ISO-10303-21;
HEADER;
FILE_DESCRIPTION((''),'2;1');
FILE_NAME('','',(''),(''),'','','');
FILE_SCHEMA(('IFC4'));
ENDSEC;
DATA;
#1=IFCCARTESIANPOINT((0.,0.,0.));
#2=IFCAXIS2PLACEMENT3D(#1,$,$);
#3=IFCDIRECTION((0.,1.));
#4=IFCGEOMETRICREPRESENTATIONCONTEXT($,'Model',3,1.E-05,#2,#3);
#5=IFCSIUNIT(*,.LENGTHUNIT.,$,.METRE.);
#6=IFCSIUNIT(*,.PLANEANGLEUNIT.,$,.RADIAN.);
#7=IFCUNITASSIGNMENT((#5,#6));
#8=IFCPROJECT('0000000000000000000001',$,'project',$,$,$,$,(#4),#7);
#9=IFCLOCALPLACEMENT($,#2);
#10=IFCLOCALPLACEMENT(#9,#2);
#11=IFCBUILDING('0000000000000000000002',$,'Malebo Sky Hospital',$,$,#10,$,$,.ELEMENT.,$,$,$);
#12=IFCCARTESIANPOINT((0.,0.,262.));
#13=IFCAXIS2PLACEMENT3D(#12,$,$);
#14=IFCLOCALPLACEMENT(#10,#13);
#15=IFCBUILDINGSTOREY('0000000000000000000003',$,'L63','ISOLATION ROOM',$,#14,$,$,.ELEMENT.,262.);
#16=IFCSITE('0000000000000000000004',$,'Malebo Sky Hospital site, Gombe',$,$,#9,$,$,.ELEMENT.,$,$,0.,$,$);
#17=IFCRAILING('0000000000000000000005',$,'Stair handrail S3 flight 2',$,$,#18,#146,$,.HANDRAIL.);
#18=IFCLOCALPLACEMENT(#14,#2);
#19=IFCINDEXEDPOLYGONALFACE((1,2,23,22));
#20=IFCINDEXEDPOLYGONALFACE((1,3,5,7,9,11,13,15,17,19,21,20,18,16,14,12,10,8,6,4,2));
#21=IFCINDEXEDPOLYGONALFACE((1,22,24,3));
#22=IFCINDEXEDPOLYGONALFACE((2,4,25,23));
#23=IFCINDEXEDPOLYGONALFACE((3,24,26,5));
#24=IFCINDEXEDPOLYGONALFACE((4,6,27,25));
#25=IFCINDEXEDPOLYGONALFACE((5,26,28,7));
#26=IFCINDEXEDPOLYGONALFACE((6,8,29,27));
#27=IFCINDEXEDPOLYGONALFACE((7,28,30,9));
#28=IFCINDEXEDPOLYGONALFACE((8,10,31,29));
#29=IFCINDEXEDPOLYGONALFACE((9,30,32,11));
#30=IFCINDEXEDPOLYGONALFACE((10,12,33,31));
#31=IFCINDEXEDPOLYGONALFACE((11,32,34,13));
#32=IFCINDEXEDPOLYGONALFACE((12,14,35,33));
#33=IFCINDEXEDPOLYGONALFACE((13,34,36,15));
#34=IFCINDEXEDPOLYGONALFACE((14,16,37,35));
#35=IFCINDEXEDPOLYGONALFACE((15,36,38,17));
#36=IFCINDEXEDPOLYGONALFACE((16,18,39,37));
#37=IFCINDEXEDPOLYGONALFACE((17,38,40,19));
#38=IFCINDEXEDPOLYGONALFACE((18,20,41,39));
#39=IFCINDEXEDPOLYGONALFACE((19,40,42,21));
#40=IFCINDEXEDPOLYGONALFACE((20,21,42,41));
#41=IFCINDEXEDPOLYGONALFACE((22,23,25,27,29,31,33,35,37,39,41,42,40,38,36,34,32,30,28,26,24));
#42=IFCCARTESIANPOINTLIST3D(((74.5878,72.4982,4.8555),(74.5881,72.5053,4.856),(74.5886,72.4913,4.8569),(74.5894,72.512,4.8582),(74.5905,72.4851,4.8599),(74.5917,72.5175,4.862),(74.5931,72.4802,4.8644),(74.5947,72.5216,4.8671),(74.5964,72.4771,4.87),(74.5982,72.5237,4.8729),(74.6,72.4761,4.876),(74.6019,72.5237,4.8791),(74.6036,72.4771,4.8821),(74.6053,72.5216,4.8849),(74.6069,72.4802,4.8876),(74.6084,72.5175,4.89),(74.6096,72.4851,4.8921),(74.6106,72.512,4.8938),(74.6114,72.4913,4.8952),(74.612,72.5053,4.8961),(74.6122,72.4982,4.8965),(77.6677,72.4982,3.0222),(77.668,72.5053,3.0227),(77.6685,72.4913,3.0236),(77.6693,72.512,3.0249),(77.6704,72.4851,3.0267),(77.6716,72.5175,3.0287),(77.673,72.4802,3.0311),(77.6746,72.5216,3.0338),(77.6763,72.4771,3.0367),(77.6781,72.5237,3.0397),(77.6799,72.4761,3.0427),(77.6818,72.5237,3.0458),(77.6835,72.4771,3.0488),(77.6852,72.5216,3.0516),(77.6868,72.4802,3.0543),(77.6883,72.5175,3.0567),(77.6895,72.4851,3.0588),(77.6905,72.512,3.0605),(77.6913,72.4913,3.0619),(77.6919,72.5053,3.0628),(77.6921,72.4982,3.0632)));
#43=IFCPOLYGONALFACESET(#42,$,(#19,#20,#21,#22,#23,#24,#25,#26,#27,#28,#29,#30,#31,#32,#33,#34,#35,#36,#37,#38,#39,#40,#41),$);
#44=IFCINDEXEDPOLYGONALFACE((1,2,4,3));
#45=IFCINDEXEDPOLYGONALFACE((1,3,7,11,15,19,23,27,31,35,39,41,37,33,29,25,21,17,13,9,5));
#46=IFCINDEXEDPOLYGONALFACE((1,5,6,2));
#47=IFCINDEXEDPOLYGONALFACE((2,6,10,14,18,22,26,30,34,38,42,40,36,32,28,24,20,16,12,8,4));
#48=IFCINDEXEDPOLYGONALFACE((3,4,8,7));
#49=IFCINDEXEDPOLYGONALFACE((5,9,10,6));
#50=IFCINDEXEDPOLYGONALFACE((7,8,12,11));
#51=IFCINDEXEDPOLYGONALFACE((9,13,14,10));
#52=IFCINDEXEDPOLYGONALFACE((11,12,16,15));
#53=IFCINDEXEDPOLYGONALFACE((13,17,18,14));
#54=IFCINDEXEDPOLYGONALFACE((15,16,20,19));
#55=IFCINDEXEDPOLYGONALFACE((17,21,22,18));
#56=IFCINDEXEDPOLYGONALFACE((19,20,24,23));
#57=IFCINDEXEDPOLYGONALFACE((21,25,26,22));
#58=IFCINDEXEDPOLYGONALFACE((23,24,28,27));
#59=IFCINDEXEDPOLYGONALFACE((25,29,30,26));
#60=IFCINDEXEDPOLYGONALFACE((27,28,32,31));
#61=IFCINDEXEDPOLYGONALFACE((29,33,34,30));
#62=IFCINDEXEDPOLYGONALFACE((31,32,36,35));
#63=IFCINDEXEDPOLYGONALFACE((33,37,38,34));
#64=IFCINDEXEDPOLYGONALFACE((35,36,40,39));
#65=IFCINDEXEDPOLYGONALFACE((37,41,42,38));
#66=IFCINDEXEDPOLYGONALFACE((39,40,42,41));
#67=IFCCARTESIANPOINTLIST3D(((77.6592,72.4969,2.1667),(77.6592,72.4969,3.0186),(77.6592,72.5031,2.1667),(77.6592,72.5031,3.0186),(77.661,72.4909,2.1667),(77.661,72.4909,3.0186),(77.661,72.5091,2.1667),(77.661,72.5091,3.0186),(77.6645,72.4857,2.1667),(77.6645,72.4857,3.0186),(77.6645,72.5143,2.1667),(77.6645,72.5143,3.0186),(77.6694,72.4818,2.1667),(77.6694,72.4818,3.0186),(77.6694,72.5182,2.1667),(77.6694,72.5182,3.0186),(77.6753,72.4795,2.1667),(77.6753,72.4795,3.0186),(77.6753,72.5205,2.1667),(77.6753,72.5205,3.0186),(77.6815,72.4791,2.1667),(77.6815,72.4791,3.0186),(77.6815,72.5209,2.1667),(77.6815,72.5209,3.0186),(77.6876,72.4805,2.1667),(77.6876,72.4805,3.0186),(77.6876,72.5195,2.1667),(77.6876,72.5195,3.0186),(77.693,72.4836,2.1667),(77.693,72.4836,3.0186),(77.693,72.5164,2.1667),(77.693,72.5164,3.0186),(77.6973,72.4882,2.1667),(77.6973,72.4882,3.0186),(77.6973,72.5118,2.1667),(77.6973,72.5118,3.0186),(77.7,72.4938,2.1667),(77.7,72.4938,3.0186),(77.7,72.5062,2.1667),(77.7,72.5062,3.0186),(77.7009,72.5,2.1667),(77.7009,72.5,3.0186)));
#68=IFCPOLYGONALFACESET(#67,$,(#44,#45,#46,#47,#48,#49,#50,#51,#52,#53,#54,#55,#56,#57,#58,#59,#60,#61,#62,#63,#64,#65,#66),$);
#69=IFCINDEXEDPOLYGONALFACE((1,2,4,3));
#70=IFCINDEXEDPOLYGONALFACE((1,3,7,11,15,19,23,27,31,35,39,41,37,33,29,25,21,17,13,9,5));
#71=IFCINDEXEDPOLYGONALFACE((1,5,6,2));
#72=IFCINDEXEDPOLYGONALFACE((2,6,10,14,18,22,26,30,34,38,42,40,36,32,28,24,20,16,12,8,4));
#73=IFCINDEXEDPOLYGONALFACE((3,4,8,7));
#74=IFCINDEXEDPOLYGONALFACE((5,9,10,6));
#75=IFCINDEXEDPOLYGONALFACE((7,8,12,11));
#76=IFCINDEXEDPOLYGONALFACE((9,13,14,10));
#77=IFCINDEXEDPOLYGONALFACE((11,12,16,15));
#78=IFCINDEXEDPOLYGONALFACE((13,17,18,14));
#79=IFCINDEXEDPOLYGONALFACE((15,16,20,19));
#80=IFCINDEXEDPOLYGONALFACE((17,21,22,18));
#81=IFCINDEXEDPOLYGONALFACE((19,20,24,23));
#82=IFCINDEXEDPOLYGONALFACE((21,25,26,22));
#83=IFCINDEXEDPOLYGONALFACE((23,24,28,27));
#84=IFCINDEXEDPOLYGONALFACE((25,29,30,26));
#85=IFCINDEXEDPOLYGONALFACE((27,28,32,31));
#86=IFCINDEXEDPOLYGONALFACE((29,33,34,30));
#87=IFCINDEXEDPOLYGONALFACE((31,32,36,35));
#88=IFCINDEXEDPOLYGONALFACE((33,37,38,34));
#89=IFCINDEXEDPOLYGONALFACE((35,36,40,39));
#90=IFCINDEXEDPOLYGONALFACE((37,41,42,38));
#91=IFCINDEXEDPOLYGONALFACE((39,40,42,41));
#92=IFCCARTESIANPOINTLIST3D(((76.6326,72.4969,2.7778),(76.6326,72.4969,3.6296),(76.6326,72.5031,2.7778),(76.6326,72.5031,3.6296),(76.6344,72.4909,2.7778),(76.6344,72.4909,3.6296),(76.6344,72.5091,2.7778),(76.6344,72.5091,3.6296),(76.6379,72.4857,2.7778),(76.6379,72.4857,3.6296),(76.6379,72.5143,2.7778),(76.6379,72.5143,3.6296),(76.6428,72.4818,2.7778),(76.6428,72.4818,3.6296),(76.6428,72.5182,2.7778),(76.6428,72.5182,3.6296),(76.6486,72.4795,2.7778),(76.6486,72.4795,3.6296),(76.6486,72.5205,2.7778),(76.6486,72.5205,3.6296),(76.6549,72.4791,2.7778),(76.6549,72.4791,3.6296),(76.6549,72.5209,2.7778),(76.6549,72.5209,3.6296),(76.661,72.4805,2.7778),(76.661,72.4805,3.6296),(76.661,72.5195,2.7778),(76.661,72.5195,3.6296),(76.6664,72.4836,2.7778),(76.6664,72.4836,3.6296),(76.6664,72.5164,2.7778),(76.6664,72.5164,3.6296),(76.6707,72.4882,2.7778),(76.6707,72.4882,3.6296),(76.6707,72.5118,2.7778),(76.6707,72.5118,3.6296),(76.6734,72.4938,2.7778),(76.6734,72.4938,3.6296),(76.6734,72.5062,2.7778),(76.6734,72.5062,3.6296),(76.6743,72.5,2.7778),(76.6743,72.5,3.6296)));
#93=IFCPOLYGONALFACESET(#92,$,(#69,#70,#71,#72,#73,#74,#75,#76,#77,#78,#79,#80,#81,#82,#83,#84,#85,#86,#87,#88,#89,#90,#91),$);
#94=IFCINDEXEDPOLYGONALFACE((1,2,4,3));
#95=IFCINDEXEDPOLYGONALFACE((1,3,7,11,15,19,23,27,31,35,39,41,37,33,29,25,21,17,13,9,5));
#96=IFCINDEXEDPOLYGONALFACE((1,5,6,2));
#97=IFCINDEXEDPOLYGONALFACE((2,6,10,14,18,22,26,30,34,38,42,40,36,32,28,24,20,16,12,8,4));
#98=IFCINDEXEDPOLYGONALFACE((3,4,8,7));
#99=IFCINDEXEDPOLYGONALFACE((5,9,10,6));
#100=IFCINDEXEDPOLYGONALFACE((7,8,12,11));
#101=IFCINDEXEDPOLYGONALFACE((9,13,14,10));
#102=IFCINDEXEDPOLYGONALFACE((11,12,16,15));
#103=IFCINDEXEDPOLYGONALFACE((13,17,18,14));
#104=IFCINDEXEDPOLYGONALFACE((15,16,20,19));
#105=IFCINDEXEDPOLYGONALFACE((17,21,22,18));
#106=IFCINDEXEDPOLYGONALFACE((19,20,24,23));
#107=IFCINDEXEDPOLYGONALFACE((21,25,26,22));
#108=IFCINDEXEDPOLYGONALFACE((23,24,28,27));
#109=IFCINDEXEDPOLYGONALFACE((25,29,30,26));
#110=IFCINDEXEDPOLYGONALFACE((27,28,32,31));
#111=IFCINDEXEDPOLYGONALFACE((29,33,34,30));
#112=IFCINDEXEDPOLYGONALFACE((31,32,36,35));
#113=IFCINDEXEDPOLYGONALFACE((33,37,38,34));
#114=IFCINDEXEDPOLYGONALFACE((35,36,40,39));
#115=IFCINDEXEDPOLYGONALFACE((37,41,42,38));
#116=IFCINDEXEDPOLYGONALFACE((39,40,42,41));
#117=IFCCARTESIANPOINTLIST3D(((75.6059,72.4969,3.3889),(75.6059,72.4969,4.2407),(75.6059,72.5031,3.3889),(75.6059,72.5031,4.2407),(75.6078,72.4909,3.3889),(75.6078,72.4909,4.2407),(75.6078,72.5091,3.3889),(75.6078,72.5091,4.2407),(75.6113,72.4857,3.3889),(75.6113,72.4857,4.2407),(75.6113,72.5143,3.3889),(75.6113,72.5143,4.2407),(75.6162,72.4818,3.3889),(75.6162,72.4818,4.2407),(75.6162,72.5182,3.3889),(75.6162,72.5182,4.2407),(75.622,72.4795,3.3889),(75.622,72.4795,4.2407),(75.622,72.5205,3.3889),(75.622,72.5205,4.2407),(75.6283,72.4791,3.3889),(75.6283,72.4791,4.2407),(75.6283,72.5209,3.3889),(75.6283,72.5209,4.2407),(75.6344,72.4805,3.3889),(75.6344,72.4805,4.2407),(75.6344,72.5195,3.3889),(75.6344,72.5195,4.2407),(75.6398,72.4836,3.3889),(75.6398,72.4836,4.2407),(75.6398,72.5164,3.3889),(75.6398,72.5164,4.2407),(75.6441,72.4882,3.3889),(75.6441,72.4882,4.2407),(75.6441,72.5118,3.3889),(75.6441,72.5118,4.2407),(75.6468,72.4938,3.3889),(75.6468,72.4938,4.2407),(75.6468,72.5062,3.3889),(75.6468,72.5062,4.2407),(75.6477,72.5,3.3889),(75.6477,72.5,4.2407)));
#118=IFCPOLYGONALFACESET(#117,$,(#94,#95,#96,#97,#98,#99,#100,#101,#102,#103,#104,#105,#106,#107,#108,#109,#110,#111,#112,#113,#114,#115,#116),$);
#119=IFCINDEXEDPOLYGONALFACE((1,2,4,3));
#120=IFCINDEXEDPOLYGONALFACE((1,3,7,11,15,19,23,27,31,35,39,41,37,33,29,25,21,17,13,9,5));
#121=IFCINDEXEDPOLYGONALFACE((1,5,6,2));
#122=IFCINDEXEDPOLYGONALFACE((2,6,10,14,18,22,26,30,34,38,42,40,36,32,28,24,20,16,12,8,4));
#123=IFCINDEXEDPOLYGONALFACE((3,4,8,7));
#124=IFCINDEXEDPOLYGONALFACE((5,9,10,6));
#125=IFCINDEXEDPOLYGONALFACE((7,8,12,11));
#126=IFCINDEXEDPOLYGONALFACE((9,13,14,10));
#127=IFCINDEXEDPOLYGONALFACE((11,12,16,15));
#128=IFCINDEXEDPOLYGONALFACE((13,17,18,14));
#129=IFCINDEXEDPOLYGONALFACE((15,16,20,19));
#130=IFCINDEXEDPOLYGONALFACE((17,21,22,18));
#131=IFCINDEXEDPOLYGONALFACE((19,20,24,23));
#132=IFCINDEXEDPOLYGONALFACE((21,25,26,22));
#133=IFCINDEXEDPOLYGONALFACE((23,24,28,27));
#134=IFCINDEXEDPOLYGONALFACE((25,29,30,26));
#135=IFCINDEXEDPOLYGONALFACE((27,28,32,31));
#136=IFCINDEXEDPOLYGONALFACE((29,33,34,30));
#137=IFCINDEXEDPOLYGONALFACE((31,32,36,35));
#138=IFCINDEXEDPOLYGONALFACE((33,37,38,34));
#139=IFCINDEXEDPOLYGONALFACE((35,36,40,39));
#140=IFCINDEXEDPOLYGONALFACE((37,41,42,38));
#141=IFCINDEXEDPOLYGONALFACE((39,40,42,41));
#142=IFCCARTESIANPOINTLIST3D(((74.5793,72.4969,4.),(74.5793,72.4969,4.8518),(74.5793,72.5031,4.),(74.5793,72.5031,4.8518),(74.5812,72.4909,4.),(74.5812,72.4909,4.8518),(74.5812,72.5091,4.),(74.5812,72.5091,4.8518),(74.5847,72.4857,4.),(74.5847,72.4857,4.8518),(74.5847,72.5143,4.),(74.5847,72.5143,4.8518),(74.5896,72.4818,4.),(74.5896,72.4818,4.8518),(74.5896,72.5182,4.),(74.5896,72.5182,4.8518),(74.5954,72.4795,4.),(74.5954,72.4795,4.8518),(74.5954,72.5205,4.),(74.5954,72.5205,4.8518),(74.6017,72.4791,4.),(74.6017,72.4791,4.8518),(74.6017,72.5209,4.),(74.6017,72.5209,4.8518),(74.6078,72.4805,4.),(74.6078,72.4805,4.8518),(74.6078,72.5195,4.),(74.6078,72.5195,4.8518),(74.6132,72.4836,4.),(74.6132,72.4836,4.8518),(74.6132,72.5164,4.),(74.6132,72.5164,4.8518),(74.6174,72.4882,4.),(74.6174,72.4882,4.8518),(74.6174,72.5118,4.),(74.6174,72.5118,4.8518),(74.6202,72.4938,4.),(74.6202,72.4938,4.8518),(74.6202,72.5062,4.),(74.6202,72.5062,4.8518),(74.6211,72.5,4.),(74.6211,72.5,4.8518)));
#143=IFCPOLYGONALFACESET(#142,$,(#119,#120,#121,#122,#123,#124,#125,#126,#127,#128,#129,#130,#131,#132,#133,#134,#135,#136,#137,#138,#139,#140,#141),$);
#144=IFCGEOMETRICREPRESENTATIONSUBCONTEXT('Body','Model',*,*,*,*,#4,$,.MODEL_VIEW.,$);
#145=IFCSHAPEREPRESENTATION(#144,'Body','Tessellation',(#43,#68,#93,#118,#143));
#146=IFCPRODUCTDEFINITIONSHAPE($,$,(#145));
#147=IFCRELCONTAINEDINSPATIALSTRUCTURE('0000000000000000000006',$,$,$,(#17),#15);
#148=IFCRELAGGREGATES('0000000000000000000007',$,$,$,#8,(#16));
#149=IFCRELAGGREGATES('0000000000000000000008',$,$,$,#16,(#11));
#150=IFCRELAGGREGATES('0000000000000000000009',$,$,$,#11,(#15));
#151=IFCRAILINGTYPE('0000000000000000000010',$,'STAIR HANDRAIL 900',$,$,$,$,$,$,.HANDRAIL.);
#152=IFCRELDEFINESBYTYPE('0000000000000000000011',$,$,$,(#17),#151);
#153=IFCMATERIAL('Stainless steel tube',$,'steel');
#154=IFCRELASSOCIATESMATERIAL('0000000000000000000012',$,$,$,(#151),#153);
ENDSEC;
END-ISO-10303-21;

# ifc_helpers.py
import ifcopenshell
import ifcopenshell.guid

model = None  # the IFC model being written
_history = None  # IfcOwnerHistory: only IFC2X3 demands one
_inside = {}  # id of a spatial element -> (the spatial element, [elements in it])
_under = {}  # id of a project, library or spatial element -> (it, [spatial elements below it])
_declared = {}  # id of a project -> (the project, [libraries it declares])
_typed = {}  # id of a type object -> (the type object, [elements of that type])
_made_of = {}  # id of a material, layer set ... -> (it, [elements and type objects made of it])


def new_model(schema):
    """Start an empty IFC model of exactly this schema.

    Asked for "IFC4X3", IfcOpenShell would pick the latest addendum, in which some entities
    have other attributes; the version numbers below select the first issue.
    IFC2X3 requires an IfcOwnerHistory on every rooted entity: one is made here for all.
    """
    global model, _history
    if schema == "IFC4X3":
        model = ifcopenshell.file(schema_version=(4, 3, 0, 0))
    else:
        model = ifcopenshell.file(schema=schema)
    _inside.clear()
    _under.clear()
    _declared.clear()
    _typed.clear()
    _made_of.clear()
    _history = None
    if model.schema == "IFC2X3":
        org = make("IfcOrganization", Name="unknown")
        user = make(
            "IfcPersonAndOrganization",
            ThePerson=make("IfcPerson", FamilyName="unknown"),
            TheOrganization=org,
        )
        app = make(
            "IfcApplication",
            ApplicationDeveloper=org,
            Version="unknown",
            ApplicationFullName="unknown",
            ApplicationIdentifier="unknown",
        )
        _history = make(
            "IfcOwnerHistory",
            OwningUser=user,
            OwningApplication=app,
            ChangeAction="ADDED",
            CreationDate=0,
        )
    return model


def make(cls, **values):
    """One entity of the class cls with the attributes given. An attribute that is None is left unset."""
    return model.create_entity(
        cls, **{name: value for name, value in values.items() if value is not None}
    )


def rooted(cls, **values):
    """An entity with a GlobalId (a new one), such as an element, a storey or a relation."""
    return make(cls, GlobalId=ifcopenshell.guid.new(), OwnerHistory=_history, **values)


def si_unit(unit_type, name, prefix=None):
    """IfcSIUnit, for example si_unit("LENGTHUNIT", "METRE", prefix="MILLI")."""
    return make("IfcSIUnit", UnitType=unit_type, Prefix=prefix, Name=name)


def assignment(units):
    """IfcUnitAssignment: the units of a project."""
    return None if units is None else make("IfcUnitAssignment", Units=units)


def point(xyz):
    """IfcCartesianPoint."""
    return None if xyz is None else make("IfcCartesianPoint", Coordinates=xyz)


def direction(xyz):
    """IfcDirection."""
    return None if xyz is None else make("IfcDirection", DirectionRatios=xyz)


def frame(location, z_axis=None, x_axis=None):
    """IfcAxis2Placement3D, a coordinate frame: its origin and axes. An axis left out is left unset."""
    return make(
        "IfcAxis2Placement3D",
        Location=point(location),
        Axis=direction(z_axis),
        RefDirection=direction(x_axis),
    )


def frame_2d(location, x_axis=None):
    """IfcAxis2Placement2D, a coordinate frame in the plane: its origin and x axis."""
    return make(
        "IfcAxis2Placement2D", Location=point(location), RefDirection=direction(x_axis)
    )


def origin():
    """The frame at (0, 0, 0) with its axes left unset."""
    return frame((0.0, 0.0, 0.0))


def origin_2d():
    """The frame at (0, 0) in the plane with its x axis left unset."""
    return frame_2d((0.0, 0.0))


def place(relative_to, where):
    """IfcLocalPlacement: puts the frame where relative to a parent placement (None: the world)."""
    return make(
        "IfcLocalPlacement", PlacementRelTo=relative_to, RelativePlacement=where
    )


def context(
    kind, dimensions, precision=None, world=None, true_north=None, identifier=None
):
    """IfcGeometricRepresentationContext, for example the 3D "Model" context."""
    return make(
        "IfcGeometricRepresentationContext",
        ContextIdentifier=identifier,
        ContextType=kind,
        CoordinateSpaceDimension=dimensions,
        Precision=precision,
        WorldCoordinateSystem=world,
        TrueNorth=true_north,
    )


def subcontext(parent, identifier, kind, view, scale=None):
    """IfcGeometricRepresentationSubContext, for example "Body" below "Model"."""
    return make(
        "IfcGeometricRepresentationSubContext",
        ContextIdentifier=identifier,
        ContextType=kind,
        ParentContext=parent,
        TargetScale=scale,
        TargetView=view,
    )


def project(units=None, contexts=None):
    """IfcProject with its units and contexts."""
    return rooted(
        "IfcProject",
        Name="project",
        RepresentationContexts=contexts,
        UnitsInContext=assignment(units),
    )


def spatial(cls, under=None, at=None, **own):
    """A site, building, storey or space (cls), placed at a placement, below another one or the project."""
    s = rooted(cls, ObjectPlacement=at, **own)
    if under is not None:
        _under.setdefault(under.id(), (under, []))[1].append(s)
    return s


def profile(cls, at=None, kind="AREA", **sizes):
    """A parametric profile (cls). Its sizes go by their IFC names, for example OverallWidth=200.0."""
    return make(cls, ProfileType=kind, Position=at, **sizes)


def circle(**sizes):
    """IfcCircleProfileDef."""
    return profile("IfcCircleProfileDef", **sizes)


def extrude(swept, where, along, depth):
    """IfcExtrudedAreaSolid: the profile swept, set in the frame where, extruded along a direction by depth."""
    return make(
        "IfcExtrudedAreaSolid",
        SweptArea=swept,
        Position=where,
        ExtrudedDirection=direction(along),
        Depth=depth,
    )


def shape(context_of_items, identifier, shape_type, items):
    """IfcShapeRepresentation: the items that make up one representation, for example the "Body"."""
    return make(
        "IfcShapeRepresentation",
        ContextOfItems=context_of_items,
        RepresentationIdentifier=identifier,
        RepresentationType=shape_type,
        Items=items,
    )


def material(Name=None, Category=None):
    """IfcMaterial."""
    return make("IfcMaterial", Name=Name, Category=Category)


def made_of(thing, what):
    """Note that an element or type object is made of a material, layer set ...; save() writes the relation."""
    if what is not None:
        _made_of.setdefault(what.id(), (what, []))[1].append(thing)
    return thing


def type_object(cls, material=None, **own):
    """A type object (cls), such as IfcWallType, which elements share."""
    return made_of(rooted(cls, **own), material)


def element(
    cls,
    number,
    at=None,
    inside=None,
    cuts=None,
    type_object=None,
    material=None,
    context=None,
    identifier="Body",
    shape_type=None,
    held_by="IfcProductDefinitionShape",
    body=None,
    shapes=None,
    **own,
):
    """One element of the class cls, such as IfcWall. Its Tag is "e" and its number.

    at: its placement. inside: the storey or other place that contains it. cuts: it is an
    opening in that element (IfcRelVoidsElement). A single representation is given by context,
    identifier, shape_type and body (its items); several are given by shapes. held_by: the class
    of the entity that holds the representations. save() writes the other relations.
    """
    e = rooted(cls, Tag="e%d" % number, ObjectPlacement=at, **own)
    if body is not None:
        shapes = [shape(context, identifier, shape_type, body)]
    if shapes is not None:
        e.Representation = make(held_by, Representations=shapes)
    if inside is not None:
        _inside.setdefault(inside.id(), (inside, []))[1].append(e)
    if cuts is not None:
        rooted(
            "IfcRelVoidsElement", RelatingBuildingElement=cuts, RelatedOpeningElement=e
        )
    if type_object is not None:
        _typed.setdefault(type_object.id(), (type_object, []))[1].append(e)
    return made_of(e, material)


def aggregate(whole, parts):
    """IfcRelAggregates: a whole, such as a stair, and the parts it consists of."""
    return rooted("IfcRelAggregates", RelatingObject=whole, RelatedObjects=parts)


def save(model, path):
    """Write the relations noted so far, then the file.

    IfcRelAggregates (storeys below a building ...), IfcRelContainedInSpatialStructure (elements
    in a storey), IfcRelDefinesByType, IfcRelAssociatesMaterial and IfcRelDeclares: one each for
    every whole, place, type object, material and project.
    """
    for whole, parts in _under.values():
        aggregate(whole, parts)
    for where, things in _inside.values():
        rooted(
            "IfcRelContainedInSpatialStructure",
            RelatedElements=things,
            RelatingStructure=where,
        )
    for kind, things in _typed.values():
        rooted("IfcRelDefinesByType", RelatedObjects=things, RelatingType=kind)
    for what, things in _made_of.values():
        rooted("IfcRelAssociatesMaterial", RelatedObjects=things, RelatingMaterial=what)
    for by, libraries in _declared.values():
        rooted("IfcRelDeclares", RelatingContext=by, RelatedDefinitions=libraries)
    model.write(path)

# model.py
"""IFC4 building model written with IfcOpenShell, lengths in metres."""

from ifc_helpers import new_model, si_unit, direction, frame, origin, origin_2d, place, context, subcontext, project, spatial, circle, extrude, material, type_object, element, save


model = new_model("IFC4")

# Units and contexts
model_context = context("Model", 3, precision=1e-05, world=origin(), true_north=direction((0.0, 1.0)))
body_context = subcontext(model_context, "Body", "Model", "MODEL_VIEW")
ifc_project = project(units=[si_unit("LENGTHUNIT", "METRE"), si_unit("PLANEANGLEUNIT", "RADIAN")], contexts=[model_context])

# Site, building, storey
site_placement = place(None, origin())
site = spatial("IfcSite", under=ifc_project, at=site_placement, Name="Malebo Sky Hospital site, Gombe", CompositionType="ELEMENT", RefElevation=0.0)
building_placement = place(site_placement, origin())
building = spatial("IfcBuilding", under=site, at=building_placement, Name="Malebo Sky Hospital", CompositionType="ELEMENT")
storey_placement = place(building_placement, frame((0.0, 0.0, 262.0)))
storey = spatial("IfcBuildingStorey", under=building, at=storey_placement, Name="L63", Description="ISOLATION ROOM", CompositionType="ELEMENT", Elevation=262.0)

# Railing
ifc_material_1 = material(Name="Stainless steel tube", Category="steel")
railing_type_1 = type_object("IfcRailingType", Name="STAIR HANDRAIL 900", PredefinedType="HANDRAIL", material=ifc_material_1)
railing_1_placement = place(storey_placement, frame((77.6799, 72.5, 2.1667)))
element("IfcRailing", 1, at=railing_1_placement, inside=storey, type_object=railing_type_1, Name="Stair handrail S3 flight 2", PredefinedType="HANDRAIL", context=body_context, shape_type="SweptSolid", body=[
    extrude(circle(Radius=0.0239, at=origin_2d()), frame((0.0, 0.0, 0.876), z_axis=(-0.859291, 0.0, 0.511487), x_axis=(0.0, -1.0, 0.0)), (0.0, 0.0, 1.0), 3.5842),
    extrude(circle(Radius=0.021, at=origin_2d()), origin(), (0.0, 0.0, 1.0), 0.8518),
    extrude(circle(Radius=0.021, at=origin_2d()), frame((-1.0266, 0.0, 0.6111)), (0.0, 0.0, 1.0), 0.8518),
    extrude(circle(Radius=0.021, at=origin_2d()), frame((-2.0532, 0.0, 1.2222)), (0.0, 0.0, 1.0), 0.8518),
    extrude(circle(Radius=0.021, at=origin_2d()), frame((-3.0798, 0.0, 1.8333)), (0.0, 0.0, 1.0), 0.8518),
])

save(model, "model.ifc")
